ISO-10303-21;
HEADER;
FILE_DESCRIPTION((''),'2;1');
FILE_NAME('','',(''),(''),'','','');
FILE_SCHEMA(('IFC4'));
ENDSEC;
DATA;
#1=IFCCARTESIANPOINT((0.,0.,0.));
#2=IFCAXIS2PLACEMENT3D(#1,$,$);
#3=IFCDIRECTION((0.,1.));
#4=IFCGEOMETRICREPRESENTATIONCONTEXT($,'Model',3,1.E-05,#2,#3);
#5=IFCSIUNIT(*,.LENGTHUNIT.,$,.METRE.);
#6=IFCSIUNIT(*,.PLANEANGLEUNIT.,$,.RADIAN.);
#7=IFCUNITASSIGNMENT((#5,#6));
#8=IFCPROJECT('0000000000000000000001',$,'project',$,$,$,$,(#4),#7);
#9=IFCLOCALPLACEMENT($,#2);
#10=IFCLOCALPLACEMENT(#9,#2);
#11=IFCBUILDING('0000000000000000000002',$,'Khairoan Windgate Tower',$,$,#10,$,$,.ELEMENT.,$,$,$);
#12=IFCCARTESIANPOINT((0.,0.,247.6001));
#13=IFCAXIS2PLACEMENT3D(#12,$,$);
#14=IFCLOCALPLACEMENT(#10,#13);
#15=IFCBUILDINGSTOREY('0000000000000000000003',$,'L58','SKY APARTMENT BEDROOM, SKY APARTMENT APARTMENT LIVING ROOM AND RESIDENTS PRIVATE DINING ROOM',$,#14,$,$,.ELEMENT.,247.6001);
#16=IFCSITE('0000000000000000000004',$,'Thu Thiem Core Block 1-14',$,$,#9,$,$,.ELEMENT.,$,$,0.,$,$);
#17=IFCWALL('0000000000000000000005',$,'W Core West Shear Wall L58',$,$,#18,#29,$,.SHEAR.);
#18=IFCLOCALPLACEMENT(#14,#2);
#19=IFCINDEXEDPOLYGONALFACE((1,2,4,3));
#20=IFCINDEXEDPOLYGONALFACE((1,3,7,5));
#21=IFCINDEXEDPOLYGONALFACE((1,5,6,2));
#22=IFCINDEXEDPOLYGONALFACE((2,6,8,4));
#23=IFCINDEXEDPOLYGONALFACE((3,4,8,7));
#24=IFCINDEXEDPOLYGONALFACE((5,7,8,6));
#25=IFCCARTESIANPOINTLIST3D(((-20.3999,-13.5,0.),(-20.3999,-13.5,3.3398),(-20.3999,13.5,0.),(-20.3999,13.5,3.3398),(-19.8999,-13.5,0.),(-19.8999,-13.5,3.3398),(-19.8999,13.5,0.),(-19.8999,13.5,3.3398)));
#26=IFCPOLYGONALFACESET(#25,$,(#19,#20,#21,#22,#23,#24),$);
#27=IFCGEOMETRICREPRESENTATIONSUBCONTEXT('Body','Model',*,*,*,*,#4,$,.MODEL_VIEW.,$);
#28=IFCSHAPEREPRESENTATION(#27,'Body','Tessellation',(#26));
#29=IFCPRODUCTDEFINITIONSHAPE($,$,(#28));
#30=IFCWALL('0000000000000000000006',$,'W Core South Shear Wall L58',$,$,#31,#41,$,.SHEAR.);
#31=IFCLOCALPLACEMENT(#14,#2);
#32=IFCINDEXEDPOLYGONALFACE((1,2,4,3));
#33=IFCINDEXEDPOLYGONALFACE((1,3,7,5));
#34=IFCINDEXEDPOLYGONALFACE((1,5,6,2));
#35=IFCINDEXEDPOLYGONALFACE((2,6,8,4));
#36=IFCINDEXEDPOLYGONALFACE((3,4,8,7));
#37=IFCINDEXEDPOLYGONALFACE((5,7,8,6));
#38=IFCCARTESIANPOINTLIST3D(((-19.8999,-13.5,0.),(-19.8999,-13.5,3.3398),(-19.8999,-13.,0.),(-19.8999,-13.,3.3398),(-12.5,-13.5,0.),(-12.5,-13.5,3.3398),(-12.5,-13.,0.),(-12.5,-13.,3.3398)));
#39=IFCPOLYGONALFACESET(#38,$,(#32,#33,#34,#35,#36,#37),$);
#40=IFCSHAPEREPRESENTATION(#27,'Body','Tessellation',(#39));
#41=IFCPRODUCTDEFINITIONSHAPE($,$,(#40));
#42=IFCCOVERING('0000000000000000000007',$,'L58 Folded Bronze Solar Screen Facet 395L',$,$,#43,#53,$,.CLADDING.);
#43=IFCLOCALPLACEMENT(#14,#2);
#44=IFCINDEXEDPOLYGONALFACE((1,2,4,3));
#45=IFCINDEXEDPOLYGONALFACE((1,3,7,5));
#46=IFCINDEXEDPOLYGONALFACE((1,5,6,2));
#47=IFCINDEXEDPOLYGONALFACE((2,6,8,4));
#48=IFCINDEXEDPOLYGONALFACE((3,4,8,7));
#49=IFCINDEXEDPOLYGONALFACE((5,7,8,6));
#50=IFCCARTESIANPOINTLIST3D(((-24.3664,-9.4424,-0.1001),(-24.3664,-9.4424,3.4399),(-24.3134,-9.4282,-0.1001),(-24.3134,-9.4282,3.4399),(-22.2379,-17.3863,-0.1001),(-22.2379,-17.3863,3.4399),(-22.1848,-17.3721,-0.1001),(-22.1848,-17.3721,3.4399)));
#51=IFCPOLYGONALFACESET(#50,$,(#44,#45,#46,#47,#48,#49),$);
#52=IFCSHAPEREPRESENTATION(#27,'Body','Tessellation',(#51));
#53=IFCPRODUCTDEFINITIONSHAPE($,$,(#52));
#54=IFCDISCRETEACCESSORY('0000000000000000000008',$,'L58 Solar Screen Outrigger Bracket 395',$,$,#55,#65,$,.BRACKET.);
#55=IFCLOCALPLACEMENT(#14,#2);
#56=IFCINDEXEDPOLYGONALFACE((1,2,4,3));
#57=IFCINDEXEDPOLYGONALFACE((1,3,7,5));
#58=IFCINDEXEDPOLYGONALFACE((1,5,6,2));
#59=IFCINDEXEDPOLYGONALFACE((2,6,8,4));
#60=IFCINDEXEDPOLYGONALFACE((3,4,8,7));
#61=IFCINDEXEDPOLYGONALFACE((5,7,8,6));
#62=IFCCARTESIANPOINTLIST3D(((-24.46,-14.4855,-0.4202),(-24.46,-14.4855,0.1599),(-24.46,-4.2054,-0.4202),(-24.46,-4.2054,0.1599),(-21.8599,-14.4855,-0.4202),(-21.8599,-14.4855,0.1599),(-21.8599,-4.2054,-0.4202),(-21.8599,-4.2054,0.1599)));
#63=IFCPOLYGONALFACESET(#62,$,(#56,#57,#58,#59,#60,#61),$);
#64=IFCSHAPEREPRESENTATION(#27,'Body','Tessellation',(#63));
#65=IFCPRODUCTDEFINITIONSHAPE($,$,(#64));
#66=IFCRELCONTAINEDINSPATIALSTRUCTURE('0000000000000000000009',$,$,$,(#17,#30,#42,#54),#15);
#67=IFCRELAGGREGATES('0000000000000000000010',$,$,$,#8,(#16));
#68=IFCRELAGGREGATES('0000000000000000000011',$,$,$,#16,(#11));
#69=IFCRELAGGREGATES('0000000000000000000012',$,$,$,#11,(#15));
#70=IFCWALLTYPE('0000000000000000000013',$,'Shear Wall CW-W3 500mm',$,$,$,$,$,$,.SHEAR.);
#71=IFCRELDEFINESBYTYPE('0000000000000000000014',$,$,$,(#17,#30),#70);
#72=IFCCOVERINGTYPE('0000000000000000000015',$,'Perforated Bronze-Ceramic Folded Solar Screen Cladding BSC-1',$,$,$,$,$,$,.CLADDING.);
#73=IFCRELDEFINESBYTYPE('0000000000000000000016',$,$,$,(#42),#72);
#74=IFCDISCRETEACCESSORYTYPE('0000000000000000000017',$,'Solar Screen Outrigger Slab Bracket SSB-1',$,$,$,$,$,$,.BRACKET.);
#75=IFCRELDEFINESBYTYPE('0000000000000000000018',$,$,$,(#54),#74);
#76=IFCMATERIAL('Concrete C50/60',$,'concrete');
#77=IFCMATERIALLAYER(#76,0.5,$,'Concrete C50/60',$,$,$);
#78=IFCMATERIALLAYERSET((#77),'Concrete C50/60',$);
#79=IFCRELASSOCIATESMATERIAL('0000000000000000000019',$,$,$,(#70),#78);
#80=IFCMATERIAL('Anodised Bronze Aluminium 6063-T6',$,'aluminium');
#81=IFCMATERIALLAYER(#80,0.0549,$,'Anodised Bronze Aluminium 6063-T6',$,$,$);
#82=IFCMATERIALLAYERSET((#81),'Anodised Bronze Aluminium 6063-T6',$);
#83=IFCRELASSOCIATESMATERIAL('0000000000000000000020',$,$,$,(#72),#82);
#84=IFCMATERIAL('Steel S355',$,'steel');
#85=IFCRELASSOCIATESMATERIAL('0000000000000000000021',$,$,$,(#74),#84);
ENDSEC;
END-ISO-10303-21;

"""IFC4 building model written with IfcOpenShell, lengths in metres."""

from ifc_helpers import new_model, si_unit, direction, frame, frame_2d, origin, origin_2d, place, context, subcontext, project, spatial, rectangle, extrude, material, layer, layer_set, type_object, element, save


model = new_model("IFC4")

# Units and contexts
model_context = context("Model", 3, precision=1e-05, world=origin(), true_north=direction((0.0, 1.0)))
body_context = subcontext(model_context, "Body", "Model", "MODEL_VIEW")
ifc_project = project(units=[si_unit("LENGTHUNIT", "METRE"), si_unit("PLANEANGLEUNIT", "RADIAN")], contexts=[model_context])

# Site, building, storey
site_placement = place(None, origin())
site = spatial("IfcSite", under=ifc_project, at=site_placement, Name="Thu Thiem Core Block 1-14", CompositionType="ELEMENT", RefElevation=0.0)
building_placement = place(site_placement, origin())
building = spatial("IfcBuilding", under=site, at=building_placement, Name="Khairoan Windgate Tower", CompositionType="ELEMENT")
storey_placement = place(building_placement, frame((0.0, 0.0, 247.6001)))
storey = spatial("IfcBuildingStorey", under=building, at=storey_placement, Name="L58", Description="SKY APARTMENT BEDROOM, SKY APARTMENT APARTMENT LIVING ROOM AND RESIDENTS PRIVATE DINING ROOM", CompositionType="ELEMENT", Elevation=247.6001)

# Walls
ifc_material_1 = material(Name="Concrete C50/60", Category="concrete")
ifc_layer_1 = layer(ifc_material_1, 0.5, Name="Concrete C50/60")
ifc_layer_set_1 = layer_set([ifc_layer_1], Name="Concrete C50/60")
wall_type_1 = type_object("IfcWallType", Name="Shear Wall CW-W3 500mm", PredefinedType="SHEAR", material=ifc_layer_set_1)
wall_1_placement = place(storey_placement, frame((-20.1499, -13.5, 0.0), z_axis=(0.0, 0.0, 1.0), x_axis=(0.0, 1.0, 0.0)))
element("IfcWall", 1, at=wall_1_placement, inside=storey, type_object=wall_type_1, Name="W Core West Shear Wall L58", PredefinedType="SHEAR", context=body_context, shape_type="SweptSolid", body=[
    extrude(rectangle(XDim=27.0, YDim=0.5, at=frame_2d((13.5, 0.0))), origin(), (0.0, 0.0, 1.0), 3.3398),
])
wall_2_placement = place(storey_placement, frame((-19.8999, -13.25, 0.0), z_axis=(0.0, 0.0, 1.0), x_axis=(1.0, 0.0, 0.0)))
element("IfcWall", 2, at=wall_2_placement, inside=storey, type_object=wall_type_1, Name="W Core South Shear Wall L58", PredefinedType="SHEAR", context=body_context, shape_type="SweptSolid", body=[
    extrude(rectangle(XDim=7.3999, YDim=0.5, at=frame_2d((3.7, 0.0))), origin(), (0.0, 0.0, 1.0), 3.3398),
])

# Covering
ifc_material_2 = material(Name="Anodised Bronze Aluminium 6063-T6", Category="aluminium")
ifc_layer_2 = layer(ifc_material_2, 0.0549, Name="Anodised Bronze Aluminium 6063-T6")
ifc_layer_set_2 = layer_set([ifc_layer_2], Name="Anodised Bronze Aluminium 6063-T6")
covering_type = type_object("IfcCoveringType", Name="Perforated Bronze-Ceramic Folded Solar Screen Cladding BSC-1", PredefinedType="CLADDING", material=ifc_layer_set_2)
covering_placement = place(storey_placement, frame((-23.2756, -13.4072, -0.1001), z_axis=(0.0, 0.0, 1.0), x_axis=(-0.258819, 0.965926, 0.0)))
element("IfcCovering", 3, at=covering_placement, inside=storey, type_object=covering_type, Name="L58 Folded Bronze Solar Screen Facet 395L", PredefinedType="CLADDING", context=body_context, shape_type="SweptSolid", body=[
    extrude(rectangle(XDim=8.2241, YDim=0.0549, at=origin_2d()), origin(), (0.0, 0.0, 1.0), 3.54),
])

# Discrete accessory
ifc_material_3 = material(Name="Steel S355", Category="steel")
discrete_accessory_type = type_object("IfcDiscreteAccessoryType", Name="Solar Screen Outrigger Slab Bracket SSB-1", PredefinedType="BRACKET", material=ifc_material_3)
discrete_accessory_placement = place(storey_placement, frame((-23.1599, -9.3455, -0.4202), z_axis=(0.0, 0.0, 1.0), x_axis=(0.0, 1.0, 0.0)))
element("IfcDiscreteAccessory", 4, at=discrete_accessory_placement, inside=storey, type_object=discrete_accessory_type, Name="L58 Solar Screen Outrigger Bracket 395", PredefinedType="BRACKET", context=body_context, shape_type="SweptSolid", body=[
    extrude(rectangle(XDim=10.28, YDim=2.6001, at=origin_2d()), origin(), (0.0, 0.0, 1.0), 0.5801),
])

save(model, "model.ifc")
